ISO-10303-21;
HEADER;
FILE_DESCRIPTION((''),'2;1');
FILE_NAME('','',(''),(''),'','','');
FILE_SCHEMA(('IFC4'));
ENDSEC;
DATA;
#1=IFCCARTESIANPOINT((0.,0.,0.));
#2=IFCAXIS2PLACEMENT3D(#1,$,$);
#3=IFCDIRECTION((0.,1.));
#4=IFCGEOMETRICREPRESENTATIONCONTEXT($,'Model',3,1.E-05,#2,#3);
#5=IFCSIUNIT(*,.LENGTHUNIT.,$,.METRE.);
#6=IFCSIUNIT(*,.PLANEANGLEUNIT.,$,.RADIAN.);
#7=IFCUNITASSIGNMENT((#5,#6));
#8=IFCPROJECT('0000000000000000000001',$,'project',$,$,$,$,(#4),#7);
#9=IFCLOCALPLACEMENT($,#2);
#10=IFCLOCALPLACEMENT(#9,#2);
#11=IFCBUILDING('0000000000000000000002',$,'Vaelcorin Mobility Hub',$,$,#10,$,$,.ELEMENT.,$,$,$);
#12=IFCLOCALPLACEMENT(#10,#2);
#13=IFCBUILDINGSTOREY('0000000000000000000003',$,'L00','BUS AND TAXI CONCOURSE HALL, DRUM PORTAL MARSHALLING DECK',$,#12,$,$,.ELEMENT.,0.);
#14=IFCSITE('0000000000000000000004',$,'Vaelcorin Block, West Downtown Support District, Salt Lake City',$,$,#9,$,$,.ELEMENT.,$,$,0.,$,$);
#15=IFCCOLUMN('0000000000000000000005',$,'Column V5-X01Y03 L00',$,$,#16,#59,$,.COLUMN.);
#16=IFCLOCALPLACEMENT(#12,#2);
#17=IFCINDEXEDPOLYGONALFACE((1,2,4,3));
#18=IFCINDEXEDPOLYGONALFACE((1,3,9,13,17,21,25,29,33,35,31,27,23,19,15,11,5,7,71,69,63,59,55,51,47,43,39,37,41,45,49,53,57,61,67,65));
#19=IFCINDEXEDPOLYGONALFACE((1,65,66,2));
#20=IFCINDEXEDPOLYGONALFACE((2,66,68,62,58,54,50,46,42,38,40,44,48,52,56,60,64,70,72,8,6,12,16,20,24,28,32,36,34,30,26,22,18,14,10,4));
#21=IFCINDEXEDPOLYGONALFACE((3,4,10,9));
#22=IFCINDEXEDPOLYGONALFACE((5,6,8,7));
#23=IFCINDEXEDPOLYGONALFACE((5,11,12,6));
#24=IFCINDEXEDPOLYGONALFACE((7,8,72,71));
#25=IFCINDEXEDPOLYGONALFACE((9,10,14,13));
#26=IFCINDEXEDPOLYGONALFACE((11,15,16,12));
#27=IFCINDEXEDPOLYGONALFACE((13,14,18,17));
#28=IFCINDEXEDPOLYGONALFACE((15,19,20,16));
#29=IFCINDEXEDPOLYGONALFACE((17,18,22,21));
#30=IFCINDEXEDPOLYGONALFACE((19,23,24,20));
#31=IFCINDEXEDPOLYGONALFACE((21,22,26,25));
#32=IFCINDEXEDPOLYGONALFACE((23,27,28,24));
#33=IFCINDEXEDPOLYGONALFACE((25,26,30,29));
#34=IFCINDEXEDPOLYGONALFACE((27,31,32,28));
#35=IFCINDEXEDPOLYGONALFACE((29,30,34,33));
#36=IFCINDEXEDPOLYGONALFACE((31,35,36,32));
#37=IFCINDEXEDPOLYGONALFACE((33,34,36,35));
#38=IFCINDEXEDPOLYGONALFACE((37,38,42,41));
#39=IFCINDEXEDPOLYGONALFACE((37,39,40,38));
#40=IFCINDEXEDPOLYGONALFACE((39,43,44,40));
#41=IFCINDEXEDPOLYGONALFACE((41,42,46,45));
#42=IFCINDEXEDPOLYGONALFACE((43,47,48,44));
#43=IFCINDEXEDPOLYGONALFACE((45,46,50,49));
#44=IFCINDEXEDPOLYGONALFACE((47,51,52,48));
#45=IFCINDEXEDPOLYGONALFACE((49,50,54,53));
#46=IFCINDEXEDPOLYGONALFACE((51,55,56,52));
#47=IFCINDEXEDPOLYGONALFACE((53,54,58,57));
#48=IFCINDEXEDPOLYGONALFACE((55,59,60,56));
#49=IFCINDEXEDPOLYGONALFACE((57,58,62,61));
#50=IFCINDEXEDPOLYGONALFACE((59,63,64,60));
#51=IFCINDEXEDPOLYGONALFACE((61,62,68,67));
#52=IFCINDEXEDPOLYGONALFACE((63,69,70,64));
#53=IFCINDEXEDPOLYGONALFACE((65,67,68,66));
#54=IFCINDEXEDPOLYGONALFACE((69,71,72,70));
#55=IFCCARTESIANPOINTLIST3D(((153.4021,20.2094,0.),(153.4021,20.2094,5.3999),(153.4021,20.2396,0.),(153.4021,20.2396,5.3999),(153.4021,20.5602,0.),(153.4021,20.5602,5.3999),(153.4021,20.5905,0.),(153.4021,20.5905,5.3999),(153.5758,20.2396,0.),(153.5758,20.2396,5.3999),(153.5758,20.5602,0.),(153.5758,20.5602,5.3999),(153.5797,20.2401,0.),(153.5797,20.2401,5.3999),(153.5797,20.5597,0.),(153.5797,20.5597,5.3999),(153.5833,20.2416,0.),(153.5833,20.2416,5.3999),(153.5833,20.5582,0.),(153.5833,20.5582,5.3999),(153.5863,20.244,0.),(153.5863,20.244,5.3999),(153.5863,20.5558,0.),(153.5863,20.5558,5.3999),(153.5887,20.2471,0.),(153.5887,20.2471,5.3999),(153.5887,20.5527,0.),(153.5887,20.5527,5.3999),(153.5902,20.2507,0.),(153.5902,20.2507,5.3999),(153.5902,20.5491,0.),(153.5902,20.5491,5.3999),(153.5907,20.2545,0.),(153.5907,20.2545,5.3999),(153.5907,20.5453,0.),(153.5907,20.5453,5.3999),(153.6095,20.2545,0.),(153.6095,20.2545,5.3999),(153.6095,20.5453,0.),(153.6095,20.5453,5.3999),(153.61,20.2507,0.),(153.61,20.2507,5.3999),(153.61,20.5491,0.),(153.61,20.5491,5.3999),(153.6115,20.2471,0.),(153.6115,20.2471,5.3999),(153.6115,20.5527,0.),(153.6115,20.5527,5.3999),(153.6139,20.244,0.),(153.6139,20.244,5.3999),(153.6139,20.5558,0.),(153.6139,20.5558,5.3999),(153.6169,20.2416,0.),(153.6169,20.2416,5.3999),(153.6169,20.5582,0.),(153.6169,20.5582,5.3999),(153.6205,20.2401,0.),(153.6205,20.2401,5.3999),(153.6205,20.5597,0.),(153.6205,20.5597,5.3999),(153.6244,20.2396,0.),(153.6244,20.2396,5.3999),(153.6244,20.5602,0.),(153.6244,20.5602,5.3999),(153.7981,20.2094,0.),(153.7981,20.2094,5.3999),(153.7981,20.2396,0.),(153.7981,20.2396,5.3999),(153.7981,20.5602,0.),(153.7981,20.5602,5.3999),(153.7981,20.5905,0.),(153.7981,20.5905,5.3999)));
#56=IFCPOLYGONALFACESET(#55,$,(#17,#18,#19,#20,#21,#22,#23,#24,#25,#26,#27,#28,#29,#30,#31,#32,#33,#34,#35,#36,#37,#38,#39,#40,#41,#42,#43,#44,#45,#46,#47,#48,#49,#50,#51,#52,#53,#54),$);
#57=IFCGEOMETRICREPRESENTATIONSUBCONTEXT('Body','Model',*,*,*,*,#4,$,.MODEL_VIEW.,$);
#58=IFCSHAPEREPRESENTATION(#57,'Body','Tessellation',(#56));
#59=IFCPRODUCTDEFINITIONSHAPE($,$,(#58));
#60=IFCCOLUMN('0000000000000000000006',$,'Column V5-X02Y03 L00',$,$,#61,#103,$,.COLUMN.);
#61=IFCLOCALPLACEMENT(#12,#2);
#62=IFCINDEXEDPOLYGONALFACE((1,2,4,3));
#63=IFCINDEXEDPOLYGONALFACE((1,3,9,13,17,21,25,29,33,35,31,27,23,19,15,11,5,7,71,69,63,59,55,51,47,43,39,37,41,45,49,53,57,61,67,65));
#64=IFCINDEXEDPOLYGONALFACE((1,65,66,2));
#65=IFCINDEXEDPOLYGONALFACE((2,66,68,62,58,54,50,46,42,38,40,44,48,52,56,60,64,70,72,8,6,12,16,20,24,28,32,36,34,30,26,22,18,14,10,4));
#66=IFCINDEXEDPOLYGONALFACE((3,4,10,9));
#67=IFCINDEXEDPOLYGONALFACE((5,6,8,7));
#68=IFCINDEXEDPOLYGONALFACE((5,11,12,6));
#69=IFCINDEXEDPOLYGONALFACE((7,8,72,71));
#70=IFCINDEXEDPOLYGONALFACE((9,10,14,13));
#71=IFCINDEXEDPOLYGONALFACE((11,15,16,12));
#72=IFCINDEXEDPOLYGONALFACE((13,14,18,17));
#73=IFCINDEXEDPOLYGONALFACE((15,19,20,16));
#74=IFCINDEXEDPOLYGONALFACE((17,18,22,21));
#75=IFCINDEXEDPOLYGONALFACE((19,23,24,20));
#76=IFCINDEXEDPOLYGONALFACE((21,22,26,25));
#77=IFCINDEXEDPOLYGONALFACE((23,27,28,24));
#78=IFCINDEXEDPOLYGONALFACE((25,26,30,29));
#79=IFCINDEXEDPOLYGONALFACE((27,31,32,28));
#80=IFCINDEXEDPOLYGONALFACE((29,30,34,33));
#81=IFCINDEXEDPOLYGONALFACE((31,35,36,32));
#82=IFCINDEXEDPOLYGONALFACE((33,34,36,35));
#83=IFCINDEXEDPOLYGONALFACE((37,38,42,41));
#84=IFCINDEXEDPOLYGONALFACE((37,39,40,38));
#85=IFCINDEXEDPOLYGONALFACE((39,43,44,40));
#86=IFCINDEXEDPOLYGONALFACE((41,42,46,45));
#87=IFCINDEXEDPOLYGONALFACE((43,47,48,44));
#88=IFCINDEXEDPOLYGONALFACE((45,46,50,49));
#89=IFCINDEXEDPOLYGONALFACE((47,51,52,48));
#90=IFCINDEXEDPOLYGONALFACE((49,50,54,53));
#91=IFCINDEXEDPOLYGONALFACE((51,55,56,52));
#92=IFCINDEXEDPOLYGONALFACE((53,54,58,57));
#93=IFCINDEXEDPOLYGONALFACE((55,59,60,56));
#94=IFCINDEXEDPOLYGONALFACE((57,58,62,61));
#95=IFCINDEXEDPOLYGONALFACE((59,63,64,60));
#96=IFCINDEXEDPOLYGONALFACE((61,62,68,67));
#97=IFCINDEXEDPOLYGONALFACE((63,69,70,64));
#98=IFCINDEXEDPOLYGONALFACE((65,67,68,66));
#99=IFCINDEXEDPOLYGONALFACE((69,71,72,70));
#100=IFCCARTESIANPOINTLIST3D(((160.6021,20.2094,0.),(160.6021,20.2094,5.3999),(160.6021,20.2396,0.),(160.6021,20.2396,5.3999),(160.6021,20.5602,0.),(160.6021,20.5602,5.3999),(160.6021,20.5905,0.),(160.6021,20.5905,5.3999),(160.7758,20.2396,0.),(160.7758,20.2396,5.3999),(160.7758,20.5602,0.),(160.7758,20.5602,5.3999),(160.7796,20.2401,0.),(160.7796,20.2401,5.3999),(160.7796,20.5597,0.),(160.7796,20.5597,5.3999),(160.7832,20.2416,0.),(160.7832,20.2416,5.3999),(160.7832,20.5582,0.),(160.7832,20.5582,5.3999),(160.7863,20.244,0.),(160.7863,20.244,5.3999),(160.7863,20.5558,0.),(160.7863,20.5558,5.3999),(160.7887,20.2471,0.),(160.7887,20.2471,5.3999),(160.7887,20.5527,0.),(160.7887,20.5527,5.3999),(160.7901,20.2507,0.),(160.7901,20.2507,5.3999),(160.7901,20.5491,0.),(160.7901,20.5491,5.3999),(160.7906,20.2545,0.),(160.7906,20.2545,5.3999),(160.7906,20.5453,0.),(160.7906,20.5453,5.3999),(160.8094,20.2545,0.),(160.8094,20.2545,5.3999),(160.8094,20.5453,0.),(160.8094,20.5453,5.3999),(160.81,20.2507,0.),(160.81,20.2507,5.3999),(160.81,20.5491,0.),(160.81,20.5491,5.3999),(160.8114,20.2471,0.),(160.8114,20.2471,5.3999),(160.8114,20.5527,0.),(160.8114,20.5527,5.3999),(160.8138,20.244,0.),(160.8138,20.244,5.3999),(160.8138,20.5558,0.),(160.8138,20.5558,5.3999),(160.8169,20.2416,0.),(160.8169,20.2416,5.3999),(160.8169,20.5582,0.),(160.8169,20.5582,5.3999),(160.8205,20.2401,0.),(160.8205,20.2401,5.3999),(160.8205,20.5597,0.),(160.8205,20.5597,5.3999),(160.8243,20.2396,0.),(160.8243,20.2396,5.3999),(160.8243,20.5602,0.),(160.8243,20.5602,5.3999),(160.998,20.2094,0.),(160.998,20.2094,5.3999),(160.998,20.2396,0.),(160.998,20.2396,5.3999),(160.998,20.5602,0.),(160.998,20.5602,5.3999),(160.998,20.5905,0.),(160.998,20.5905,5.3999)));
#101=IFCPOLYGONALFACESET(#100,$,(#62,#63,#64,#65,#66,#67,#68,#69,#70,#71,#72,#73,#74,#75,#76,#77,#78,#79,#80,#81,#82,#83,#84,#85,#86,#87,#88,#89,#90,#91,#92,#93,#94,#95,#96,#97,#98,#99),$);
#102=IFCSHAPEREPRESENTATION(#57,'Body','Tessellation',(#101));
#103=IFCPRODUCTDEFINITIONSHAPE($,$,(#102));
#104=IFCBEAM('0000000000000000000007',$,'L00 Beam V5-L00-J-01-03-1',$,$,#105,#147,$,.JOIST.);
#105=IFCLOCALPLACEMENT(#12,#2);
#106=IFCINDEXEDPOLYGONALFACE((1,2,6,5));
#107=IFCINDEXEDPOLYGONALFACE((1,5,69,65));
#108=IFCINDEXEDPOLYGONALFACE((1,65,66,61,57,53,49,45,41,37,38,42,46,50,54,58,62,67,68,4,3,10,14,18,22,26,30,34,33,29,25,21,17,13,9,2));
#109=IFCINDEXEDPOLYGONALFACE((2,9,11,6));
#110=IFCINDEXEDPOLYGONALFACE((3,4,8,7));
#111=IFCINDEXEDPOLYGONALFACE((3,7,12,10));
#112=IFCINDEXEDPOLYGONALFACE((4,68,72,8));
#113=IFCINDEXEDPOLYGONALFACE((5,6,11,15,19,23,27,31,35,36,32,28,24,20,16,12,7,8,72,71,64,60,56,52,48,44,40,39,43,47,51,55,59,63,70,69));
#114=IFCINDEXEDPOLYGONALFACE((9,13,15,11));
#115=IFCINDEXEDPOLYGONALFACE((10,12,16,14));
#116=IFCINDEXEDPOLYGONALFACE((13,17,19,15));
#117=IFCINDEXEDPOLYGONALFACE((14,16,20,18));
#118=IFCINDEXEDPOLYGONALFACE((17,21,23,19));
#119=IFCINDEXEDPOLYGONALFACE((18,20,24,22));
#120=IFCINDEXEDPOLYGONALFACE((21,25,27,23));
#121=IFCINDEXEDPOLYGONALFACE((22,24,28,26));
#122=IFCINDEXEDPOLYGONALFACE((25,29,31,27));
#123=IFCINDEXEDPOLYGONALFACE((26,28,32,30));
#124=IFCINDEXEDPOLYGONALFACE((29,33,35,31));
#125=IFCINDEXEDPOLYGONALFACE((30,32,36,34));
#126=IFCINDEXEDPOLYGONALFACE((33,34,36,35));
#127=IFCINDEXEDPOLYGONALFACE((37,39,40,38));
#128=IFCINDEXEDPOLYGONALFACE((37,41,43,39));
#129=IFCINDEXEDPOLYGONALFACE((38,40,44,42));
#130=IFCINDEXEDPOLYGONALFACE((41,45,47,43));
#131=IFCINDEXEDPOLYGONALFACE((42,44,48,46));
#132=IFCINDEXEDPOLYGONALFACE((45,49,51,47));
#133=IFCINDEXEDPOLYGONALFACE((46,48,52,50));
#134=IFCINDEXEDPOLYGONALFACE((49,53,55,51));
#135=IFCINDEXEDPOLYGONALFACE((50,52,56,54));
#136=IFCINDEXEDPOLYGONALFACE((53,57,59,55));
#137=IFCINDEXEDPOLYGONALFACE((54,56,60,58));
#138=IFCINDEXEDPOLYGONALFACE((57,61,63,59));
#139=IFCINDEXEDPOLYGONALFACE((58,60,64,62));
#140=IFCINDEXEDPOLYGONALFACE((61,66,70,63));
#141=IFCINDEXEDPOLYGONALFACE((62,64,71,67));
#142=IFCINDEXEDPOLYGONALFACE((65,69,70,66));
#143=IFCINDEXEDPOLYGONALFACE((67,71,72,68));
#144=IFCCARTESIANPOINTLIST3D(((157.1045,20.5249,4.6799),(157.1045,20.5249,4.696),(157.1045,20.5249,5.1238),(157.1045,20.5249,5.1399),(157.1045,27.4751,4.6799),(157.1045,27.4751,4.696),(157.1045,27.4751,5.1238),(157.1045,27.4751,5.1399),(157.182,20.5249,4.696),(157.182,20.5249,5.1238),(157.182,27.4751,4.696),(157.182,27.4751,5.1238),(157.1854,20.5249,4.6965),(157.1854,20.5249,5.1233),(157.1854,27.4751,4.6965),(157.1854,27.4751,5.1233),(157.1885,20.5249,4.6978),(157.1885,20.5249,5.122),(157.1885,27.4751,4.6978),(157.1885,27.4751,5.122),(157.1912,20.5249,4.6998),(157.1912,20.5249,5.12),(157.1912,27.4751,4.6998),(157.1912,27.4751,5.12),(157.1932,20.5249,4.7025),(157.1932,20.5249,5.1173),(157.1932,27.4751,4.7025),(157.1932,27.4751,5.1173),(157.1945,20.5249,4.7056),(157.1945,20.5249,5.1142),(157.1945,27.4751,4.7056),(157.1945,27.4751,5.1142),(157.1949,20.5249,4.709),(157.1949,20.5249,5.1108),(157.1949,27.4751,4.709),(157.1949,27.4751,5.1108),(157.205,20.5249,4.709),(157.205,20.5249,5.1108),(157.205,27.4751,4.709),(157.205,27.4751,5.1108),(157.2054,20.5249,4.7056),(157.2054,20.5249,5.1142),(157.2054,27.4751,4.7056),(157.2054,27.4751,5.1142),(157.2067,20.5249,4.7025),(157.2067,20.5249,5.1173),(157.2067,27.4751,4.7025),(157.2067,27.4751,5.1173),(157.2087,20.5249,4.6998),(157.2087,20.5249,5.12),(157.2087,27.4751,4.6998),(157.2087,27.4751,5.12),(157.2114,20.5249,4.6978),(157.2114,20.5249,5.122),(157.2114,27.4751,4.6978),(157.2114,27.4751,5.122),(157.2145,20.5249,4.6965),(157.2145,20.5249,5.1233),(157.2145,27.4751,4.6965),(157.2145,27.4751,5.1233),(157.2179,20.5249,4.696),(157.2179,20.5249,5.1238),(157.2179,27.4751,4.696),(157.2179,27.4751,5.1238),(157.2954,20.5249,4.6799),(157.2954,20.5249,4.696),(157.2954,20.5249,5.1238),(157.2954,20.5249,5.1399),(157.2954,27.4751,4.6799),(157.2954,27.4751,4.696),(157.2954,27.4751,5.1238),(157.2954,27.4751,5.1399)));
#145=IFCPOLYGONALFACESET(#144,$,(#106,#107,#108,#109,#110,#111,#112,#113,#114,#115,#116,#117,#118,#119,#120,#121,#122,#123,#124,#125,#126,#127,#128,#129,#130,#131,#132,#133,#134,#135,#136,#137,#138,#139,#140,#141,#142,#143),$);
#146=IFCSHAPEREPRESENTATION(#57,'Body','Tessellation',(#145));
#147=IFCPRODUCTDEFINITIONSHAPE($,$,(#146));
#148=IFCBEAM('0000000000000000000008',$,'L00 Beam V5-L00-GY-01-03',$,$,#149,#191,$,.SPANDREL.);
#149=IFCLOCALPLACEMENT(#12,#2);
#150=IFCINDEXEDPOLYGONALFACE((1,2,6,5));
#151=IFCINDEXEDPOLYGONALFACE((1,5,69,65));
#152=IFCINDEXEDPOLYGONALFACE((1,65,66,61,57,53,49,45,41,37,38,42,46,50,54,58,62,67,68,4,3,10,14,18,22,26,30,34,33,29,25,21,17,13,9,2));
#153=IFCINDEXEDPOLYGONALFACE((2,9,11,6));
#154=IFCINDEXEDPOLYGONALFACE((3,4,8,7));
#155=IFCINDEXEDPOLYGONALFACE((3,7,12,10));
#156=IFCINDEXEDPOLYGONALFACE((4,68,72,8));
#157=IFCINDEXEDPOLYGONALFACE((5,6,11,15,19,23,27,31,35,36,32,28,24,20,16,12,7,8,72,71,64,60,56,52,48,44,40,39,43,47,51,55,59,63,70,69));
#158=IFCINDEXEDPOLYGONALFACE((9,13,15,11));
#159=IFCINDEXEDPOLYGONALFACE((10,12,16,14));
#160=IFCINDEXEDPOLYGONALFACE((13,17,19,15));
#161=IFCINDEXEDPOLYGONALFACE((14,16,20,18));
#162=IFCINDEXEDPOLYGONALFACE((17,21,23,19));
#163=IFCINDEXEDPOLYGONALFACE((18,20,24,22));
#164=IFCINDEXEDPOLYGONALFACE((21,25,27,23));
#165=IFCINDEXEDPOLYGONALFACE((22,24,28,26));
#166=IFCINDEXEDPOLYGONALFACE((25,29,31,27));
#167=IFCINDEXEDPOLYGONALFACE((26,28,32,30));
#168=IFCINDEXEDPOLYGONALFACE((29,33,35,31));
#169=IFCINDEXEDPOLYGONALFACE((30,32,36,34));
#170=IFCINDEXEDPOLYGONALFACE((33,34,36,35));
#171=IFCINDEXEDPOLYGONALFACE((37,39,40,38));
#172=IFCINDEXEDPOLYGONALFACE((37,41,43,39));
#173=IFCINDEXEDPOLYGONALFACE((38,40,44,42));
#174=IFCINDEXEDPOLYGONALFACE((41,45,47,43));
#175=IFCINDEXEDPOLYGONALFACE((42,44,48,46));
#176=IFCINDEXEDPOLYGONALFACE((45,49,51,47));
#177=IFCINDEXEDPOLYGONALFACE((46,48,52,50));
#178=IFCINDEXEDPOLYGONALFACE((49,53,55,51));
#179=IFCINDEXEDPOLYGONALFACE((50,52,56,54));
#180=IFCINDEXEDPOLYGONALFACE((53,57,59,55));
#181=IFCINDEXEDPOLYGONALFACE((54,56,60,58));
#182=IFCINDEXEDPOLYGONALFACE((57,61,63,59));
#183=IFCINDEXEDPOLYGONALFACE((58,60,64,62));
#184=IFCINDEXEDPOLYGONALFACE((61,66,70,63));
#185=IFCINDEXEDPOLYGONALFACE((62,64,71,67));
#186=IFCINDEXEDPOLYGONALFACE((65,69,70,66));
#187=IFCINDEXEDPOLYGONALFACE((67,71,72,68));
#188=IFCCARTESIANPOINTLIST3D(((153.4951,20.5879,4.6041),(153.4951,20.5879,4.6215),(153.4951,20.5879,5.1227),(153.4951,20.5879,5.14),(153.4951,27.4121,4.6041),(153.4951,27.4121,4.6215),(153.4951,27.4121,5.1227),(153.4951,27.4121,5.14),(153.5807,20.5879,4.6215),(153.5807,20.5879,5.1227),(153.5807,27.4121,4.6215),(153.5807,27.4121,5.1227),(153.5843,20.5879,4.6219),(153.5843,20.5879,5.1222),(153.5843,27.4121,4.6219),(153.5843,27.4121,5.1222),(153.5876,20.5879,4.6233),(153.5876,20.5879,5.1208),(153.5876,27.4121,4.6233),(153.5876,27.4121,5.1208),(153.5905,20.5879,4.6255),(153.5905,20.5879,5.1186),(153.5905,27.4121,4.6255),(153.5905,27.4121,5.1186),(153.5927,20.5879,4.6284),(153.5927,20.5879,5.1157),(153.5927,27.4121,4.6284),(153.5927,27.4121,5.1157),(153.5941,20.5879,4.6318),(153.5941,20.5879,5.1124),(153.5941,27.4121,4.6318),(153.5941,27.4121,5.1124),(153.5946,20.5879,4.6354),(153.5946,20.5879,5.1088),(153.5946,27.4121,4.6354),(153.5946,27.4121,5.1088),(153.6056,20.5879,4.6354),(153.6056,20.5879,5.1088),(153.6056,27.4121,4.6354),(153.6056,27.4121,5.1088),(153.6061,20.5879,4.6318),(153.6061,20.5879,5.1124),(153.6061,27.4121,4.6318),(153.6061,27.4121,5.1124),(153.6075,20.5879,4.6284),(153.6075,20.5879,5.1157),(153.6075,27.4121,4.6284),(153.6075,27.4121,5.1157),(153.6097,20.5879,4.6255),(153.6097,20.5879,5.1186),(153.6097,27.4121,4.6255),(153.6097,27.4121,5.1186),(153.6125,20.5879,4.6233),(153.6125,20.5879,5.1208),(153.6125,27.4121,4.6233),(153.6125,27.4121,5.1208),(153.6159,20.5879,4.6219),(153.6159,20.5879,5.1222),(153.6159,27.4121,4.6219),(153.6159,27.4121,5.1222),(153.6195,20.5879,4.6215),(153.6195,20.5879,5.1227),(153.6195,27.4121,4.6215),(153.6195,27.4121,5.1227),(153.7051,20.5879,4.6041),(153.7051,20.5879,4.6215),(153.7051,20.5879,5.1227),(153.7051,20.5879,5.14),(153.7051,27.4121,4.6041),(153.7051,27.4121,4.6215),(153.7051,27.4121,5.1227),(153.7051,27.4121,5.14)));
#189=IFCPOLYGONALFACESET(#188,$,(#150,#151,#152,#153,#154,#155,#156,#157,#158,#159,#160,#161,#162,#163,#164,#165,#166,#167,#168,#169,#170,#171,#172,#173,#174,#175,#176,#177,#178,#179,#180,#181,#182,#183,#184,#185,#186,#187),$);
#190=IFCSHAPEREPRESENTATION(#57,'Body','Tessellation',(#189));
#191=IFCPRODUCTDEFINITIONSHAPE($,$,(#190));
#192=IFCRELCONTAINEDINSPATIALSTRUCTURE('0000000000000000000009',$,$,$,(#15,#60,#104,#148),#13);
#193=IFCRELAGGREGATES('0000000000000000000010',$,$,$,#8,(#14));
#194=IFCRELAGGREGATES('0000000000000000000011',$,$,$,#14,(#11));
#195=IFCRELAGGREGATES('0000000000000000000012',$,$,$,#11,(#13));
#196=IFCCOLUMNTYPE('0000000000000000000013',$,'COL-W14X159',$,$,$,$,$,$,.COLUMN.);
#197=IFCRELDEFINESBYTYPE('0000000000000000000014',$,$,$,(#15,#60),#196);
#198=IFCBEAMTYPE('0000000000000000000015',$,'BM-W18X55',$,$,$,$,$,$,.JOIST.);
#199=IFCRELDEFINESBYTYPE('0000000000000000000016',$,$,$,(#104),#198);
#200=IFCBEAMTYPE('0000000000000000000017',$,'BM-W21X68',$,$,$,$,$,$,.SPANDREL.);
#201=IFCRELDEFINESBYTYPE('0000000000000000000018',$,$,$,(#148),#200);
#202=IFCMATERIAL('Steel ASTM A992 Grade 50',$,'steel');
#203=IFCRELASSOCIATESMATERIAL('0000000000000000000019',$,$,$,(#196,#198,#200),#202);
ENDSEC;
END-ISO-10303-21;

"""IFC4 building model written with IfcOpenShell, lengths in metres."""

from ifc_helpers import new_model, si_unit, direction, frame, origin, origin_2d, place, context, subcontext, project, spatial, i_section, extrude, material, material_profile, profile_set, type_object, element, save


model = new_model("IFC4")

# Units and contexts
model_context = context("Model", 3, precision=1e-05, world=origin(), true_north=direction((0.0, 1.0)))
body_context = subcontext(model_context, "Body", "Model", "MODEL_VIEW")
ifc_project = project(units=[si_unit("LENGTHUNIT", "METRE"), si_unit("PLANEANGLEUNIT", "RADIAN")], contexts=[model_context])

# Site, building, storey
site_placement = place(None, origin())
site = spatial("IfcSite", under=ifc_project, at=site_placement, Name="Vaelcorin Block, West Downtown Support District, Salt Lake City", CompositionType="ELEMENT", RefElevation=0.0)
building_placement = place(site_placement, origin())
building = spatial("IfcBuilding", under=site, at=building_placement, Name="Vaelcorin Mobility Hub", CompositionType="ELEMENT")
storey_placement = place(building_placement, origin())
storey = spatial("IfcBuildingStorey", under=building, at=storey_placement, Name="L00", Description="BUS AND TAXI CONCOURSE HALL, DRUM PORTAL MARSHALLING DECK", CompositionType="ELEMENT", Elevation=0.0)

# Columns
ifc_material_1 = material(Name="Steel ASTM A992 Grade 50", Category="steel")
ifc_material_profile_1 = material_profile(ifc_material_1, i_section(OverallWidth=0.396, OverallDepth=0.3811, WebThickness=0.0188, FlangeThickness=0.0303, FilletRadius=0.0149, at=origin_2d()), Name="W14X159")
ifc_profile_set_1 = profile_set([ifc_material_profile_1], Name="Steel ASTM A992 Grade 50")
column_type = type_object("IfcColumnType", Name="COL-W14X159", PredefinedType="COLUMN", material=ifc_profile_set_1)
for number, where, z_axis, x_axis, name in (
    (1, (153.6001, 20.3999, 0.0), (0.0, 0.0, 1.0), (1.0, 0.0, 0.0), "Column V5-X01Y03 L00"),
    (2, (160.8, 20.3999, 0.0), (0.0, 0.0, 1.0), (1.0, 0.0, 0.0), "Column V5-X02Y03 L00"),
):
    element("IfcColumn", number, at=place(storey_placement, frame(where, z_axis=z_axis, x_axis=x_axis)), inside=storey, type_object=column_type, Name=name, PredefinedType="COLUMN", context=body_context, shape_type="SweptSolid", body=[
        extrude(i_section(OverallWidth=0.396, OverallDepth=0.3811, WebThickness=0.0188, FlangeThickness=0.0303, FilletRadius=0.0149, at=origin_2d()), origin(), (0.0, 0.0, 1.0), 5.3999),
    ])

# Beams
ifc_material_profile_2 = material_profile(ifc_material_1, i_section(OverallWidth=0.1909, OverallDepth=0.46, WebThickness=0.01, FlangeThickness=0.0161, FilletRadius=0.0129, at=origin_2d()), Name="W18X55")
ifc_profile_set_2 = profile_set([ifc_material_profile_2], Name="Steel ASTM A992 Grade 50")
beam_type_1 = type_object("IfcBeamType", Name="BM-W18X55", PredefinedType="JOIST", material=ifc_profile_set_2)
beam_1_placement = place(storey_placement, frame((157.2, 20.5249, 4.9099), z_axis=(0.0, 1.0, 0.0), x_axis=(-1.0, 0.0, 0.0)))
element("IfcBeam", 3, at=beam_1_placement, inside=storey, type_object=beam_type_1, Name="L00 Beam V5-L00-J-01-03-1", PredefinedType="JOIST", context=body_context, shape_type="SweptSolid", body=[
    extrude(i_section(OverallWidth=0.1909, OverallDepth=0.46, WebThickness=0.01, FlangeThickness=0.0161, FilletRadius=0.0129, at=origin_2d()), origin(), (0.0, 0.0, 1.0), 6.9502),
])
ifc_material_profile_3 = material_profile(ifc_material_1, i_section(OverallWidth=0.21, OverallDepth=0.5359, WebThickness=0.011, FlangeThickness=0.0173, FilletRadius=0.0139, at=origin_2d()), Name="W21X68")
ifc_profile_set_3 = profile_set([ifc_material_profile_3], Name="Steel ASTM A992 Grade 50")
beam_type_2 = type_object("IfcBeamType", Name="BM-W21X68", PredefinedType="SPANDREL", material=ifc_profile_set_3)
beam_2_placement = place(storey_placement, frame((153.6001, 20.5879, 4.8721), z_axis=(0.0, 1.0, 0.0), x_axis=(-1.0, 0.0, 0.0)))
element("IfcBeam", 4, at=beam_2_placement, inside=storey, type_object=beam_type_2, Name="L00 Beam V5-L00-GY-01-03", PredefinedType="SPANDREL", context=body_context, shape_type="SweptSolid", body=[
    extrude(i_section(OverallWidth=0.21, OverallDepth=0.5359, WebThickness=0.011, FlangeThickness=0.0173, FilletRadius=0.0139, at=origin_2d()), origin(), (0.0, 0.0, 1.0), 6.8242),
])

save(model, "model.ifc")
